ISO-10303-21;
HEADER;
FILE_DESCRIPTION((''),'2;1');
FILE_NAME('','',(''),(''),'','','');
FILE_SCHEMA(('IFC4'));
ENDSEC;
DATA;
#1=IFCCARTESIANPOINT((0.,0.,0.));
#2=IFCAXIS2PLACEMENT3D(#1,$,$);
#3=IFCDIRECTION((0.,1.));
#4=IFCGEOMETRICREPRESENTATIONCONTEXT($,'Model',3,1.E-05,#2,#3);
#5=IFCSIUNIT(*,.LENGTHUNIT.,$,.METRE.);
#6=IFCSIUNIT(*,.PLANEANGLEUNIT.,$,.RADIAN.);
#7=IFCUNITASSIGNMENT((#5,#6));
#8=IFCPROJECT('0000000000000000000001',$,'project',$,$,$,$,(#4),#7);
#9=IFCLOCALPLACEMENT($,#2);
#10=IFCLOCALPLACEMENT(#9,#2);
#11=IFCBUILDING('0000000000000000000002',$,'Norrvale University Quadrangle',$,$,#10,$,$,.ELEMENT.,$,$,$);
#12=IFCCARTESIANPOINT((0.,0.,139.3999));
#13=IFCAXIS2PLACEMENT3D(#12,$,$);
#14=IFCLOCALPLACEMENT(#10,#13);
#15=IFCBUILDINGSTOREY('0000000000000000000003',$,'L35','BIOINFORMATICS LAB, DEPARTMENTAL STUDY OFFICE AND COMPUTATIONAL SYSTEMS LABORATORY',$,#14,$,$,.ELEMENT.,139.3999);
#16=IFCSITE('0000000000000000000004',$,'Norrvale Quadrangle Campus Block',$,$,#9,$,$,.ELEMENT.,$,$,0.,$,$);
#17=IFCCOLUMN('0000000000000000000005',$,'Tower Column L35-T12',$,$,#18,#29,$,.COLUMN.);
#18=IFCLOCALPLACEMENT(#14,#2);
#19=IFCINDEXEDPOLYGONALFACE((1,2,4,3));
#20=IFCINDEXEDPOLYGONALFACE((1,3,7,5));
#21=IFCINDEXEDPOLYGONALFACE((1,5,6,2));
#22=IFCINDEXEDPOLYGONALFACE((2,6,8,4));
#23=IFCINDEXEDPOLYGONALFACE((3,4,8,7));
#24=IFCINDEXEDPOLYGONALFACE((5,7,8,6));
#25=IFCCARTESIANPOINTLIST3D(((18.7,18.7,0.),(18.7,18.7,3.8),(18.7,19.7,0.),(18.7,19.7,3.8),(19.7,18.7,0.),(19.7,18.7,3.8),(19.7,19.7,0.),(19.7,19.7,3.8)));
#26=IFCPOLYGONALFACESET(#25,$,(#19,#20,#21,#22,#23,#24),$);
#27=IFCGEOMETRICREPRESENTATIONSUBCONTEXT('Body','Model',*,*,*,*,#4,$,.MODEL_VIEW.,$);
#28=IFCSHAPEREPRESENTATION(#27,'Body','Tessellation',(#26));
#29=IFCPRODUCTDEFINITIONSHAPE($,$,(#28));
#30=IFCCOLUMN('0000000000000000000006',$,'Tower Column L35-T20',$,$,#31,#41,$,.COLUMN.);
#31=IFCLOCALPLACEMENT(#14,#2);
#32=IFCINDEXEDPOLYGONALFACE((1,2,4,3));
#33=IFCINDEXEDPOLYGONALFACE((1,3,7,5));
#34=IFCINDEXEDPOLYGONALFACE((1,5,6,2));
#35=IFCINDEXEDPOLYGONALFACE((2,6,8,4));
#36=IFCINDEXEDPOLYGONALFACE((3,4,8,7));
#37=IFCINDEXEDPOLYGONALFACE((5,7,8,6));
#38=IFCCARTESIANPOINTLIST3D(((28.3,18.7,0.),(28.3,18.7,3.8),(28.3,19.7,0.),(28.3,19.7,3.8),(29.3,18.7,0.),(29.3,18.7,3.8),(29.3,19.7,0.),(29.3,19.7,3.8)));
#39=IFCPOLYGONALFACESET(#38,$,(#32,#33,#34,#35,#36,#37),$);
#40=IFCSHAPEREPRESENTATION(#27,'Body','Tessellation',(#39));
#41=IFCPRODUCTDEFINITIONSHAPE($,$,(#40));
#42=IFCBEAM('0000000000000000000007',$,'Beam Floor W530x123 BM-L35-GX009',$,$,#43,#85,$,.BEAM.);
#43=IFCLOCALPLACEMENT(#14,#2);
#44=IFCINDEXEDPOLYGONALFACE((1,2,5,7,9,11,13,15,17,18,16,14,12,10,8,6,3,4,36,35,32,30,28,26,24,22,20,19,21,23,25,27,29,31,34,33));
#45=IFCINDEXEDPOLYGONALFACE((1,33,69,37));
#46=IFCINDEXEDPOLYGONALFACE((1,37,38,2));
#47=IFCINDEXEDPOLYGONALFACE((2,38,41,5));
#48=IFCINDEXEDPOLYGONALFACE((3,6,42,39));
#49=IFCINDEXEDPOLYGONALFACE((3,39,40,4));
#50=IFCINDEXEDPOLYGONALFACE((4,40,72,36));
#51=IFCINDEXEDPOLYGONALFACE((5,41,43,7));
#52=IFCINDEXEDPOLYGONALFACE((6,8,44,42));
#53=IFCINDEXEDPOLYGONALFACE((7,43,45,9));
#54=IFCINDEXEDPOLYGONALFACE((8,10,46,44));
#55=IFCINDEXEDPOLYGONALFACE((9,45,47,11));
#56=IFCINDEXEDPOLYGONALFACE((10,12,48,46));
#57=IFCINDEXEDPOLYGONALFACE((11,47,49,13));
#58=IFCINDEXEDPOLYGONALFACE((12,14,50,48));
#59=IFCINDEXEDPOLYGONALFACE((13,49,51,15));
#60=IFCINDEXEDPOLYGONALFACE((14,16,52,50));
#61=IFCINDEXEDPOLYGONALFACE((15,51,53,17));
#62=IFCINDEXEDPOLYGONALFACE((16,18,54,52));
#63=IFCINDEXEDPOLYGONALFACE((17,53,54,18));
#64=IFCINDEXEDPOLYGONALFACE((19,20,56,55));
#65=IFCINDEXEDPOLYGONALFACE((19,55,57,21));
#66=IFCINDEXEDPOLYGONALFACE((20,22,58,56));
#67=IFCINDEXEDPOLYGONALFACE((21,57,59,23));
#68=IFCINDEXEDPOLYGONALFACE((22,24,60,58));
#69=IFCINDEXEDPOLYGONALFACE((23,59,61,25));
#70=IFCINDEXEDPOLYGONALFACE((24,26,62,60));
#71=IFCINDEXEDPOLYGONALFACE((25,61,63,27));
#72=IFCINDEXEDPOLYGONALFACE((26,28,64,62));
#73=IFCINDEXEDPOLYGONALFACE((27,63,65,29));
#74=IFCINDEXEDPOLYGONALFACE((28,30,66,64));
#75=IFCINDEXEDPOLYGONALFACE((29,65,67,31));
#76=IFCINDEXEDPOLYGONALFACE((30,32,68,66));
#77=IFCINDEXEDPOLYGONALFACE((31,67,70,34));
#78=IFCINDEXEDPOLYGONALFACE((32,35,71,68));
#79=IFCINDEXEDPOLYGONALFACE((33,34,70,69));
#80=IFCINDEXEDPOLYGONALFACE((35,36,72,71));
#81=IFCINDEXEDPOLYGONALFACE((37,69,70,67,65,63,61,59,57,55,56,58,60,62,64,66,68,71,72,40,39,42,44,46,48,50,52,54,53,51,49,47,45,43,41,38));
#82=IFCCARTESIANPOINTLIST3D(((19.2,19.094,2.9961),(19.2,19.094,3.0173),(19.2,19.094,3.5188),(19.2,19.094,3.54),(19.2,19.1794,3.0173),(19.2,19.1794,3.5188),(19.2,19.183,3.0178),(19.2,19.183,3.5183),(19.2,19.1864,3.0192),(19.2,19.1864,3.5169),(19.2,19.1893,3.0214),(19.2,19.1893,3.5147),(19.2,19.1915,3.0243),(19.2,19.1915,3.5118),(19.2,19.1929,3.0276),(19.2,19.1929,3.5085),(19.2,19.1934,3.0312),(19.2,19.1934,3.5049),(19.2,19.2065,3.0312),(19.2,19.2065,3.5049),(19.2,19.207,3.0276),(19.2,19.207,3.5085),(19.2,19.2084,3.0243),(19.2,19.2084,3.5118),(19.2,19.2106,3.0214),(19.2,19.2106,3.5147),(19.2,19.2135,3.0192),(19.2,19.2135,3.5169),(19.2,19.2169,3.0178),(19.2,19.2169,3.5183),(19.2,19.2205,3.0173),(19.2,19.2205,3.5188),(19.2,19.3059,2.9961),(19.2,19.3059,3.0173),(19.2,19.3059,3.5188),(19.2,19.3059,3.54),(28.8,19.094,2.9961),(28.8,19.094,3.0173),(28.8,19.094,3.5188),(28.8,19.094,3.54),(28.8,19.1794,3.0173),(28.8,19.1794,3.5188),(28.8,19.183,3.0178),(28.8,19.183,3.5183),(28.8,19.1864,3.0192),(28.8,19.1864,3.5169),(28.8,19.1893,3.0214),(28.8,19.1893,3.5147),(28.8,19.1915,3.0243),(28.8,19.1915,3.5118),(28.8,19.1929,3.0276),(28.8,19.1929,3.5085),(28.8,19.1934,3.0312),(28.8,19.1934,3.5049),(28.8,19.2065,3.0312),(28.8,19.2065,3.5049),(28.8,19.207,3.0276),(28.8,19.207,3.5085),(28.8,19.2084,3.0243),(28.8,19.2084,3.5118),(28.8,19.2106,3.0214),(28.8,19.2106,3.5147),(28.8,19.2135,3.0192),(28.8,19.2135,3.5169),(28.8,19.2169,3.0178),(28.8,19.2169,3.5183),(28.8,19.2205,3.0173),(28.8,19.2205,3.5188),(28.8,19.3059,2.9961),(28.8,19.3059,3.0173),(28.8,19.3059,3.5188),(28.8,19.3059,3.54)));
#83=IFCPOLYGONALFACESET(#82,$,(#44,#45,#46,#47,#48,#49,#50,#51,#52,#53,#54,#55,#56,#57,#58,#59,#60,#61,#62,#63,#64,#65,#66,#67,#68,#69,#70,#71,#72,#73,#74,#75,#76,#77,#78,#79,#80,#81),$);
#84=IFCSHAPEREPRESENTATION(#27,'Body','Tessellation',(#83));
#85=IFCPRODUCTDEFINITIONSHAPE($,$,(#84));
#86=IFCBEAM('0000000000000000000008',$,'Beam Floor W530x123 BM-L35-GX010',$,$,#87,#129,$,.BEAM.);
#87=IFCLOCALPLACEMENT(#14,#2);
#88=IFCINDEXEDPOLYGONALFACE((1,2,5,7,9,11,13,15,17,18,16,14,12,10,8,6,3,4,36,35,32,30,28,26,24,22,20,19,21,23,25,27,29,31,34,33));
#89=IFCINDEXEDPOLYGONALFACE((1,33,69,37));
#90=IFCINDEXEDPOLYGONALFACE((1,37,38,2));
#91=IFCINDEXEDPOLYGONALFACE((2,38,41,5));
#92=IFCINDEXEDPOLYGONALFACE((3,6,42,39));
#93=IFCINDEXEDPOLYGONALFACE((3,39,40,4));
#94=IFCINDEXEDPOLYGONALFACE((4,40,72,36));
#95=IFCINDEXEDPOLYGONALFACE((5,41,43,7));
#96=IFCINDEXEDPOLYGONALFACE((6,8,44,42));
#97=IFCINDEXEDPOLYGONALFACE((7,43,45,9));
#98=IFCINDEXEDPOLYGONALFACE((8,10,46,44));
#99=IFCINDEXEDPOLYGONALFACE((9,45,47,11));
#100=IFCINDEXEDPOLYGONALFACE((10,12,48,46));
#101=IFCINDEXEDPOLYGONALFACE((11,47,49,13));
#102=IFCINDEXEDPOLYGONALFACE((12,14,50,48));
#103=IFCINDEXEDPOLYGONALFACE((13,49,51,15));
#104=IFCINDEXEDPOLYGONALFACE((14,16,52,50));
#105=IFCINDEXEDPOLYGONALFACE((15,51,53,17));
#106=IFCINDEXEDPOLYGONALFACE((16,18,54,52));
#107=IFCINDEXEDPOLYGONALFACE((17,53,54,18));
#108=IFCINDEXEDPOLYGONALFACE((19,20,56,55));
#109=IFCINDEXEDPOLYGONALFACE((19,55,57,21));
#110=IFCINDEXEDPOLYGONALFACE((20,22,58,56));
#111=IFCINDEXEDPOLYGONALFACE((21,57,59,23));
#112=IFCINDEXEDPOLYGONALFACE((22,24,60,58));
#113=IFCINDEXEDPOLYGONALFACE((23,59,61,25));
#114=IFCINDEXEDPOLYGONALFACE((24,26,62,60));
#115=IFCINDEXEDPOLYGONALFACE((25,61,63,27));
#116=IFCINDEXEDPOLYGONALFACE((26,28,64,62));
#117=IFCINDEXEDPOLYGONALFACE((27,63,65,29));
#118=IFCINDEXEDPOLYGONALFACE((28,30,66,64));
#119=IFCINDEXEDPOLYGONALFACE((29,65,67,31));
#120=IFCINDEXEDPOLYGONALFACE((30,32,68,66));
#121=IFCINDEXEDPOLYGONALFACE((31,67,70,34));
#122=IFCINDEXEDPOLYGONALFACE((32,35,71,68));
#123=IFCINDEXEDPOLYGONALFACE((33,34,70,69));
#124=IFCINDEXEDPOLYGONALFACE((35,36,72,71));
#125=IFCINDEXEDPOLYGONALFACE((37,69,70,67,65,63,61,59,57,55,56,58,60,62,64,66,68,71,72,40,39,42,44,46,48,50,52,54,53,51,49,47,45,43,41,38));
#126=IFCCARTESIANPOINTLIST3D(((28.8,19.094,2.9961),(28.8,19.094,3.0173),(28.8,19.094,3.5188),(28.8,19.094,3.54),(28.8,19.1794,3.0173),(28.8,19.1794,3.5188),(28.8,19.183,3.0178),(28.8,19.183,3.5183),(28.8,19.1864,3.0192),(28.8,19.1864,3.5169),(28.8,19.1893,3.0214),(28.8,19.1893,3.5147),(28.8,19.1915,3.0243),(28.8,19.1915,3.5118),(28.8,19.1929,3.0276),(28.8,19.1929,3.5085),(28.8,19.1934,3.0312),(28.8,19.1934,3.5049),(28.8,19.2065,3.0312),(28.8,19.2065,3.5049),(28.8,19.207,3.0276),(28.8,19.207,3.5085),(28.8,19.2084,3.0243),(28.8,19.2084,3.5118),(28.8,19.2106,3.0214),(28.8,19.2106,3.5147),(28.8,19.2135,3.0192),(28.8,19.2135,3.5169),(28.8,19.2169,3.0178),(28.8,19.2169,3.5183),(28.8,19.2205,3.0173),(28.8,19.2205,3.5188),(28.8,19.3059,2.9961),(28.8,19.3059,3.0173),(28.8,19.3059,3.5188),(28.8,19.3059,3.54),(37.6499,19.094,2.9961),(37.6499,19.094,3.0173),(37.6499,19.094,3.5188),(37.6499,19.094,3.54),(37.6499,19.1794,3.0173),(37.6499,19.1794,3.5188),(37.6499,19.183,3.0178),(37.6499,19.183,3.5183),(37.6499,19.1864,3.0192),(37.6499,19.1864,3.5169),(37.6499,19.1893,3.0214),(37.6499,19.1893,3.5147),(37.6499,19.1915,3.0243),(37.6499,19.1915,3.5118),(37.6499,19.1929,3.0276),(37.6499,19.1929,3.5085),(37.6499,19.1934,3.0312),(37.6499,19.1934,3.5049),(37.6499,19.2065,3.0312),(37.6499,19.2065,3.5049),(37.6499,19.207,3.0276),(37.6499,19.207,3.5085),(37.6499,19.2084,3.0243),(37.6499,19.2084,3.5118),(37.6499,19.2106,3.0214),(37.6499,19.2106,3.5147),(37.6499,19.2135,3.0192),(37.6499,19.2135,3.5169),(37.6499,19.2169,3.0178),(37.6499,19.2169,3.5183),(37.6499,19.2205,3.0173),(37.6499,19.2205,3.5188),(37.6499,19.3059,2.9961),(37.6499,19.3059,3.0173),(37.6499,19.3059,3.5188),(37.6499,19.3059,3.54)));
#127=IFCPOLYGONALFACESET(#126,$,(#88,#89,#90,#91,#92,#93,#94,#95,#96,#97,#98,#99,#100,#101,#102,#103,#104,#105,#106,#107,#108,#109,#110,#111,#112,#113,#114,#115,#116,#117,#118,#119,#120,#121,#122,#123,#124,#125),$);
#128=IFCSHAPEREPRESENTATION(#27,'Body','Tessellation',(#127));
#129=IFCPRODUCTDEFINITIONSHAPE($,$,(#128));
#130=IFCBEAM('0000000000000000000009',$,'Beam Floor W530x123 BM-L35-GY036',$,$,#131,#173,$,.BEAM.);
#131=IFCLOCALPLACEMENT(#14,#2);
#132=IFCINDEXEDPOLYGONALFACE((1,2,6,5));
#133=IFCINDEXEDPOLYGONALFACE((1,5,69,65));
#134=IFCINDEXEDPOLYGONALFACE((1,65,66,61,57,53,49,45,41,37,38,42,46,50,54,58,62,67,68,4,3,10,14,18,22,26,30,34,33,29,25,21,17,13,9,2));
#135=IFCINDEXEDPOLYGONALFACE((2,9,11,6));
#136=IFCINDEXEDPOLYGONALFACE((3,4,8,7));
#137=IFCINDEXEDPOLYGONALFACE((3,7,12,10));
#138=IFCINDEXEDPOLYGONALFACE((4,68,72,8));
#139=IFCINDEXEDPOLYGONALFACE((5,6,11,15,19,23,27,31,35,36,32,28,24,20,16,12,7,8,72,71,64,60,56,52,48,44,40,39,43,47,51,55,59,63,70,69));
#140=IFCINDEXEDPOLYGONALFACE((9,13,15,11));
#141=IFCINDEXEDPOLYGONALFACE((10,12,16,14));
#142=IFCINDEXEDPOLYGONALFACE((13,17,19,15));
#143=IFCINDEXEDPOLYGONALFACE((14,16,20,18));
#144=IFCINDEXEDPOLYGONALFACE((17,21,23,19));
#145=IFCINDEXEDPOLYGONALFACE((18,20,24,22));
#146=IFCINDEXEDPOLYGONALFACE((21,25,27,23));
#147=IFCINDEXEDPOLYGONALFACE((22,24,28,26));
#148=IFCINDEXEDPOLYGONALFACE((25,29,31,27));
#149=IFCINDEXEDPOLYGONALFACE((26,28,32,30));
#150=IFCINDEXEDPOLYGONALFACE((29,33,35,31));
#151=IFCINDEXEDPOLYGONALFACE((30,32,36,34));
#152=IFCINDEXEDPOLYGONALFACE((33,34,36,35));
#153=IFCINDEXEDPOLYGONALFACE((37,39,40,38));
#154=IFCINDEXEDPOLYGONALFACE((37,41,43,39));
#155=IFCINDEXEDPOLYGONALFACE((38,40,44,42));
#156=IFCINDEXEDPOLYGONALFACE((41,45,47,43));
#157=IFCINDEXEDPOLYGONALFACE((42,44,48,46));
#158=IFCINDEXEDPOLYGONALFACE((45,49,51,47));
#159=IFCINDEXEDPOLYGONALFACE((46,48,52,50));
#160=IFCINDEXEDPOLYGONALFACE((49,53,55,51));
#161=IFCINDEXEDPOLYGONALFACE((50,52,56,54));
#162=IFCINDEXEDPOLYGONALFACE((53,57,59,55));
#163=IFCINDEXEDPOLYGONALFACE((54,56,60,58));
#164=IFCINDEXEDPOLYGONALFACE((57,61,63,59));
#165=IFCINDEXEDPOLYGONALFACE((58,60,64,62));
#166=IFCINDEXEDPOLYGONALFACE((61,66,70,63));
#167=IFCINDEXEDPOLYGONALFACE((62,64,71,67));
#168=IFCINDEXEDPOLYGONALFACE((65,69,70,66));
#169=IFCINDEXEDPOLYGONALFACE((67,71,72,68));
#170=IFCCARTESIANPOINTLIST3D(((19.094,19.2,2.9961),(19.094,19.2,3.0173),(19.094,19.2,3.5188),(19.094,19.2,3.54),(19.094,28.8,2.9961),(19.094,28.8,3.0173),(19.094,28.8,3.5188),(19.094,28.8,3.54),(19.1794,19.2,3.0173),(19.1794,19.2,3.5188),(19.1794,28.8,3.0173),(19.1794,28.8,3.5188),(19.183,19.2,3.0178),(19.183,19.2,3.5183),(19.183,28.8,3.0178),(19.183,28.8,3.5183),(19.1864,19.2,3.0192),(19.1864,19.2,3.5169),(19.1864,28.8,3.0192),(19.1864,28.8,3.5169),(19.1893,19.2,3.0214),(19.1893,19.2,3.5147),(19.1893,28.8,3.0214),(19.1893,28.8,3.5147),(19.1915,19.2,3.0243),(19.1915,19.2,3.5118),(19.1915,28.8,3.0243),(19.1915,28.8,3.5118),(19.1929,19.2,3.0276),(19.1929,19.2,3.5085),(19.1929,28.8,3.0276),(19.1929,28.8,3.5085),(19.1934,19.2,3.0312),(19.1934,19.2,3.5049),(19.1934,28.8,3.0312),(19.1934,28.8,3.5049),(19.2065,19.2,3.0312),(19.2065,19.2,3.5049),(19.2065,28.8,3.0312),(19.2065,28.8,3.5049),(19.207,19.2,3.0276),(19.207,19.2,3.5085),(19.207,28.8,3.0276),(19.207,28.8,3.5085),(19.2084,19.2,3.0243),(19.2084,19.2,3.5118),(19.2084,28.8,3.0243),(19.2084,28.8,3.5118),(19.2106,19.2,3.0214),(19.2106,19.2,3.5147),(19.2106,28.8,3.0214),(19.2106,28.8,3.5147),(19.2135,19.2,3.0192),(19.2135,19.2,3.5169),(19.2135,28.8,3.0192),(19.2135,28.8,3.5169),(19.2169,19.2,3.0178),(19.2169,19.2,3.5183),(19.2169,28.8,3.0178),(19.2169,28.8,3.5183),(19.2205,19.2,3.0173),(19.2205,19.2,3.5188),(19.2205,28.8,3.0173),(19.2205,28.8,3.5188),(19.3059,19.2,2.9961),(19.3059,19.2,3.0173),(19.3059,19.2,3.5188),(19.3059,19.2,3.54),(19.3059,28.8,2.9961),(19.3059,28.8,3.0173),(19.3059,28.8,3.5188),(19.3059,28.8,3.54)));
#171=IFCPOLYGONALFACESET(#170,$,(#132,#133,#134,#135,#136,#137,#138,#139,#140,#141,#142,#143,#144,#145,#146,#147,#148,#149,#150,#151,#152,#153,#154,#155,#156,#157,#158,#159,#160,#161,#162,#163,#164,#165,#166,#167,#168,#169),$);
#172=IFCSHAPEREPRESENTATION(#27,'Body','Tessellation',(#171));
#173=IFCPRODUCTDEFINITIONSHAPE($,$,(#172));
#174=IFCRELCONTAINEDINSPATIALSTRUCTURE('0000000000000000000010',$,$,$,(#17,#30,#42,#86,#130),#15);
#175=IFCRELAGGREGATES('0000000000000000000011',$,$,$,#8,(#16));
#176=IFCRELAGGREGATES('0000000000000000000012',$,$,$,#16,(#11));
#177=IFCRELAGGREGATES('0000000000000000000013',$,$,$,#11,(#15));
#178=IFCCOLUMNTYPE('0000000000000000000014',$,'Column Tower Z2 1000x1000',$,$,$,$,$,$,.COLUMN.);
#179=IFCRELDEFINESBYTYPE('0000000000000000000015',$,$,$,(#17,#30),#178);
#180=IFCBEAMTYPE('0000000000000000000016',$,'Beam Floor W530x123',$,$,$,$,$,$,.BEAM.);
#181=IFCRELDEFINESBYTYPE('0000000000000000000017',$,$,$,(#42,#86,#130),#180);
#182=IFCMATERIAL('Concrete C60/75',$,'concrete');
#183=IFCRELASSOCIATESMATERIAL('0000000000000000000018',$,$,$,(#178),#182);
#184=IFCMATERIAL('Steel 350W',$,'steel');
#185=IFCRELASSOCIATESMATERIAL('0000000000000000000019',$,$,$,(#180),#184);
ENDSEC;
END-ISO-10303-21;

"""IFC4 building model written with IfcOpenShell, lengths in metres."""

from ifc_helpers import new_model, si_unit, direction, frame, origin, origin_2d, place, context, subcontext, project, spatial, rectangle, i_section, extrude, material, material_profile, profile_set, type_object, element, save


model = new_model("IFC4")

# Units and contexts
model_context = context("Model", 3, precision=1e-05, world=origin(), true_north=direction((0.0, 1.0)))
body_context = subcontext(model_context, "Body", "Model", "MODEL_VIEW")
ifc_project = project(units=[si_unit("LENGTHUNIT", "METRE"), si_unit("PLANEANGLEUNIT", "RADIAN")], contexts=[model_context])

# Site, building, storey
site_placement = place(None, origin())
site = spatial("IfcSite", under=ifc_project, at=site_placement, Name="Norrvale Quadrangle Campus Block", CompositionType="ELEMENT", RefElevation=0.0)
building_placement = place(site_placement, origin())
building = spatial("IfcBuilding", under=site, at=building_placement, Name="Norrvale University Quadrangle", CompositionType="ELEMENT")
storey_placement = place(building_placement, frame((0.0, 0.0, 139.3999)))
storey = spatial("IfcBuildingStorey", under=building, at=storey_placement, Name="L35", Description="BIOINFORMATICS LAB, DEPARTMENTAL STUDY OFFICE AND COMPUTATIONAL SYSTEMS LABORATORY", CompositionType="ELEMENT", Elevation=139.3999)

# Columns
ifc_material_1 = material(Name="Concrete C60/75", Category="concrete")
ifc_material_profile_1 = material_profile(ifc_material_1, rectangle(XDim=1.0, YDim=1.0, at=origin_2d()), Name="Concrete C60/75")
ifc_profile_set_1 = profile_set([ifc_material_profile_1], Name="Concrete C60/75")
column_type = type_object("IfcColumnType", Name="Column Tower Z2 1000x1000", PredefinedType="COLUMN", material=ifc_profile_set_1)
for number, where, z_axis, x_axis, name in (
    (1, (19.2, 19.2, 0.0), (0.0, 0.0, 1.0), (1.0, 0.0, 0.0), "Tower Column L35-T12"),
    (2, (28.8, 19.2, 0.0), (0.0, 0.0, 1.0), (1.0, 0.0, 0.0), "Tower Column L35-T20"),
):
    element("IfcColumn", number, at=place(storey_placement, frame(where, z_axis=z_axis, x_axis=x_axis)), inside=storey, type_object=column_type, Name=name, PredefinedType="COLUMN", context=body_context, shape_type="SweptSolid", body=[
        extrude(rectangle(XDim=1.0, YDim=1.0, at=origin_2d()), origin(), (0.0, 0.0, 1.0), 3.8),
    ])

# Beams
ifc_material_2 = material(Name="Steel 350W", Category="steel")
ifc_material_profile_2 = material_profile(ifc_material_2, i_section(OverallWidth=0.2119, OverallDepth=0.5439, WebThickness=0.0132, FlangeThickness=0.0212, FilletRadius=0.0139, at=origin_2d()), Name="Steel 350W")
ifc_profile_set_2 = profile_set([ifc_material_profile_2], Name="Steel 350W")
beam_type_1 = type_object("IfcBeamType", Name="Beam Floor W530x123", PredefinedType="BEAM", material=ifc_profile_set_2)
beam_1_placement = place(storey_placement, frame((19.2, 19.2, 3.2681), z_axis=(1.0, 0.0, 0.0), x_axis=(0.0, 1.0, 0.0)))
element("IfcBeam", 3, at=beam_1_placement, inside=storey, type_object=beam_type_1, Name="Beam Floor W530x123 BM-L35-GX009", PredefinedType="BEAM", context=body_context, shape_type="SweptSolid", body=[
    extrude(i_section(OverallWidth=0.2119, OverallDepth=0.5439, WebThickness=0.0132, FlangeThickness=0.0212, FilletRadius=0.0139, at=origin_2d()), origin(), (0.0, 0.0, 1.0), 9.6001),
])
beam_2_placement = place(storey_placement, frame((28.8, 19.2, 3.2681), z_axis=(1.0, 0.0, 0.0), x_axis=(0.0, 1.0, 0.0)))
element("IfcBeam", 4, at=beam_2_placement, inside=storey, type_object=beam_type_1, Name="Beam Floor W530x123 BM-L35-GX010", PredefinedType="BEAM", context=body_context, shape_type="SweptSolid", body=[
    extrude(i_section(OverallWidth=0.2119, OverallDepth=0.5439, WebThickness=0.0132, FlangeThickness=0.0212, FilletRadius=0.0139, at=origin_2d()), origin(), (0.0, 0.0, 1.0), 8.8499),
])
for number, where, z_axis, x_axis, name in (
    (5, (19.2, 19.2, 3.2681), (0.0, 1.0, 0.0), (-1.0, 0.0, 0.0), "Beam Floor W530x123 BM-L35-GY036"),
):
    element("IfcBeam", number, at=place(storey_placement, frame(where, z_axis=z_axis, x_axis=x_axis)), inside=storey, type_object=beam_type_1, Name=name, PredefinedType="BEAM", context=body_context, shape_type="SweptSolid", body=[
        extrude(i_section(OverallWidth=0.2119, OverallDepth=0.5439, WebThickness=0.0132, FlangeThickness=0.0212, FilletRadius=0.0139, at=origin_2d()), origin(), (0.0, 0.0, 1.0), 9.6001),
    ])

save(model, "model.ifc")
